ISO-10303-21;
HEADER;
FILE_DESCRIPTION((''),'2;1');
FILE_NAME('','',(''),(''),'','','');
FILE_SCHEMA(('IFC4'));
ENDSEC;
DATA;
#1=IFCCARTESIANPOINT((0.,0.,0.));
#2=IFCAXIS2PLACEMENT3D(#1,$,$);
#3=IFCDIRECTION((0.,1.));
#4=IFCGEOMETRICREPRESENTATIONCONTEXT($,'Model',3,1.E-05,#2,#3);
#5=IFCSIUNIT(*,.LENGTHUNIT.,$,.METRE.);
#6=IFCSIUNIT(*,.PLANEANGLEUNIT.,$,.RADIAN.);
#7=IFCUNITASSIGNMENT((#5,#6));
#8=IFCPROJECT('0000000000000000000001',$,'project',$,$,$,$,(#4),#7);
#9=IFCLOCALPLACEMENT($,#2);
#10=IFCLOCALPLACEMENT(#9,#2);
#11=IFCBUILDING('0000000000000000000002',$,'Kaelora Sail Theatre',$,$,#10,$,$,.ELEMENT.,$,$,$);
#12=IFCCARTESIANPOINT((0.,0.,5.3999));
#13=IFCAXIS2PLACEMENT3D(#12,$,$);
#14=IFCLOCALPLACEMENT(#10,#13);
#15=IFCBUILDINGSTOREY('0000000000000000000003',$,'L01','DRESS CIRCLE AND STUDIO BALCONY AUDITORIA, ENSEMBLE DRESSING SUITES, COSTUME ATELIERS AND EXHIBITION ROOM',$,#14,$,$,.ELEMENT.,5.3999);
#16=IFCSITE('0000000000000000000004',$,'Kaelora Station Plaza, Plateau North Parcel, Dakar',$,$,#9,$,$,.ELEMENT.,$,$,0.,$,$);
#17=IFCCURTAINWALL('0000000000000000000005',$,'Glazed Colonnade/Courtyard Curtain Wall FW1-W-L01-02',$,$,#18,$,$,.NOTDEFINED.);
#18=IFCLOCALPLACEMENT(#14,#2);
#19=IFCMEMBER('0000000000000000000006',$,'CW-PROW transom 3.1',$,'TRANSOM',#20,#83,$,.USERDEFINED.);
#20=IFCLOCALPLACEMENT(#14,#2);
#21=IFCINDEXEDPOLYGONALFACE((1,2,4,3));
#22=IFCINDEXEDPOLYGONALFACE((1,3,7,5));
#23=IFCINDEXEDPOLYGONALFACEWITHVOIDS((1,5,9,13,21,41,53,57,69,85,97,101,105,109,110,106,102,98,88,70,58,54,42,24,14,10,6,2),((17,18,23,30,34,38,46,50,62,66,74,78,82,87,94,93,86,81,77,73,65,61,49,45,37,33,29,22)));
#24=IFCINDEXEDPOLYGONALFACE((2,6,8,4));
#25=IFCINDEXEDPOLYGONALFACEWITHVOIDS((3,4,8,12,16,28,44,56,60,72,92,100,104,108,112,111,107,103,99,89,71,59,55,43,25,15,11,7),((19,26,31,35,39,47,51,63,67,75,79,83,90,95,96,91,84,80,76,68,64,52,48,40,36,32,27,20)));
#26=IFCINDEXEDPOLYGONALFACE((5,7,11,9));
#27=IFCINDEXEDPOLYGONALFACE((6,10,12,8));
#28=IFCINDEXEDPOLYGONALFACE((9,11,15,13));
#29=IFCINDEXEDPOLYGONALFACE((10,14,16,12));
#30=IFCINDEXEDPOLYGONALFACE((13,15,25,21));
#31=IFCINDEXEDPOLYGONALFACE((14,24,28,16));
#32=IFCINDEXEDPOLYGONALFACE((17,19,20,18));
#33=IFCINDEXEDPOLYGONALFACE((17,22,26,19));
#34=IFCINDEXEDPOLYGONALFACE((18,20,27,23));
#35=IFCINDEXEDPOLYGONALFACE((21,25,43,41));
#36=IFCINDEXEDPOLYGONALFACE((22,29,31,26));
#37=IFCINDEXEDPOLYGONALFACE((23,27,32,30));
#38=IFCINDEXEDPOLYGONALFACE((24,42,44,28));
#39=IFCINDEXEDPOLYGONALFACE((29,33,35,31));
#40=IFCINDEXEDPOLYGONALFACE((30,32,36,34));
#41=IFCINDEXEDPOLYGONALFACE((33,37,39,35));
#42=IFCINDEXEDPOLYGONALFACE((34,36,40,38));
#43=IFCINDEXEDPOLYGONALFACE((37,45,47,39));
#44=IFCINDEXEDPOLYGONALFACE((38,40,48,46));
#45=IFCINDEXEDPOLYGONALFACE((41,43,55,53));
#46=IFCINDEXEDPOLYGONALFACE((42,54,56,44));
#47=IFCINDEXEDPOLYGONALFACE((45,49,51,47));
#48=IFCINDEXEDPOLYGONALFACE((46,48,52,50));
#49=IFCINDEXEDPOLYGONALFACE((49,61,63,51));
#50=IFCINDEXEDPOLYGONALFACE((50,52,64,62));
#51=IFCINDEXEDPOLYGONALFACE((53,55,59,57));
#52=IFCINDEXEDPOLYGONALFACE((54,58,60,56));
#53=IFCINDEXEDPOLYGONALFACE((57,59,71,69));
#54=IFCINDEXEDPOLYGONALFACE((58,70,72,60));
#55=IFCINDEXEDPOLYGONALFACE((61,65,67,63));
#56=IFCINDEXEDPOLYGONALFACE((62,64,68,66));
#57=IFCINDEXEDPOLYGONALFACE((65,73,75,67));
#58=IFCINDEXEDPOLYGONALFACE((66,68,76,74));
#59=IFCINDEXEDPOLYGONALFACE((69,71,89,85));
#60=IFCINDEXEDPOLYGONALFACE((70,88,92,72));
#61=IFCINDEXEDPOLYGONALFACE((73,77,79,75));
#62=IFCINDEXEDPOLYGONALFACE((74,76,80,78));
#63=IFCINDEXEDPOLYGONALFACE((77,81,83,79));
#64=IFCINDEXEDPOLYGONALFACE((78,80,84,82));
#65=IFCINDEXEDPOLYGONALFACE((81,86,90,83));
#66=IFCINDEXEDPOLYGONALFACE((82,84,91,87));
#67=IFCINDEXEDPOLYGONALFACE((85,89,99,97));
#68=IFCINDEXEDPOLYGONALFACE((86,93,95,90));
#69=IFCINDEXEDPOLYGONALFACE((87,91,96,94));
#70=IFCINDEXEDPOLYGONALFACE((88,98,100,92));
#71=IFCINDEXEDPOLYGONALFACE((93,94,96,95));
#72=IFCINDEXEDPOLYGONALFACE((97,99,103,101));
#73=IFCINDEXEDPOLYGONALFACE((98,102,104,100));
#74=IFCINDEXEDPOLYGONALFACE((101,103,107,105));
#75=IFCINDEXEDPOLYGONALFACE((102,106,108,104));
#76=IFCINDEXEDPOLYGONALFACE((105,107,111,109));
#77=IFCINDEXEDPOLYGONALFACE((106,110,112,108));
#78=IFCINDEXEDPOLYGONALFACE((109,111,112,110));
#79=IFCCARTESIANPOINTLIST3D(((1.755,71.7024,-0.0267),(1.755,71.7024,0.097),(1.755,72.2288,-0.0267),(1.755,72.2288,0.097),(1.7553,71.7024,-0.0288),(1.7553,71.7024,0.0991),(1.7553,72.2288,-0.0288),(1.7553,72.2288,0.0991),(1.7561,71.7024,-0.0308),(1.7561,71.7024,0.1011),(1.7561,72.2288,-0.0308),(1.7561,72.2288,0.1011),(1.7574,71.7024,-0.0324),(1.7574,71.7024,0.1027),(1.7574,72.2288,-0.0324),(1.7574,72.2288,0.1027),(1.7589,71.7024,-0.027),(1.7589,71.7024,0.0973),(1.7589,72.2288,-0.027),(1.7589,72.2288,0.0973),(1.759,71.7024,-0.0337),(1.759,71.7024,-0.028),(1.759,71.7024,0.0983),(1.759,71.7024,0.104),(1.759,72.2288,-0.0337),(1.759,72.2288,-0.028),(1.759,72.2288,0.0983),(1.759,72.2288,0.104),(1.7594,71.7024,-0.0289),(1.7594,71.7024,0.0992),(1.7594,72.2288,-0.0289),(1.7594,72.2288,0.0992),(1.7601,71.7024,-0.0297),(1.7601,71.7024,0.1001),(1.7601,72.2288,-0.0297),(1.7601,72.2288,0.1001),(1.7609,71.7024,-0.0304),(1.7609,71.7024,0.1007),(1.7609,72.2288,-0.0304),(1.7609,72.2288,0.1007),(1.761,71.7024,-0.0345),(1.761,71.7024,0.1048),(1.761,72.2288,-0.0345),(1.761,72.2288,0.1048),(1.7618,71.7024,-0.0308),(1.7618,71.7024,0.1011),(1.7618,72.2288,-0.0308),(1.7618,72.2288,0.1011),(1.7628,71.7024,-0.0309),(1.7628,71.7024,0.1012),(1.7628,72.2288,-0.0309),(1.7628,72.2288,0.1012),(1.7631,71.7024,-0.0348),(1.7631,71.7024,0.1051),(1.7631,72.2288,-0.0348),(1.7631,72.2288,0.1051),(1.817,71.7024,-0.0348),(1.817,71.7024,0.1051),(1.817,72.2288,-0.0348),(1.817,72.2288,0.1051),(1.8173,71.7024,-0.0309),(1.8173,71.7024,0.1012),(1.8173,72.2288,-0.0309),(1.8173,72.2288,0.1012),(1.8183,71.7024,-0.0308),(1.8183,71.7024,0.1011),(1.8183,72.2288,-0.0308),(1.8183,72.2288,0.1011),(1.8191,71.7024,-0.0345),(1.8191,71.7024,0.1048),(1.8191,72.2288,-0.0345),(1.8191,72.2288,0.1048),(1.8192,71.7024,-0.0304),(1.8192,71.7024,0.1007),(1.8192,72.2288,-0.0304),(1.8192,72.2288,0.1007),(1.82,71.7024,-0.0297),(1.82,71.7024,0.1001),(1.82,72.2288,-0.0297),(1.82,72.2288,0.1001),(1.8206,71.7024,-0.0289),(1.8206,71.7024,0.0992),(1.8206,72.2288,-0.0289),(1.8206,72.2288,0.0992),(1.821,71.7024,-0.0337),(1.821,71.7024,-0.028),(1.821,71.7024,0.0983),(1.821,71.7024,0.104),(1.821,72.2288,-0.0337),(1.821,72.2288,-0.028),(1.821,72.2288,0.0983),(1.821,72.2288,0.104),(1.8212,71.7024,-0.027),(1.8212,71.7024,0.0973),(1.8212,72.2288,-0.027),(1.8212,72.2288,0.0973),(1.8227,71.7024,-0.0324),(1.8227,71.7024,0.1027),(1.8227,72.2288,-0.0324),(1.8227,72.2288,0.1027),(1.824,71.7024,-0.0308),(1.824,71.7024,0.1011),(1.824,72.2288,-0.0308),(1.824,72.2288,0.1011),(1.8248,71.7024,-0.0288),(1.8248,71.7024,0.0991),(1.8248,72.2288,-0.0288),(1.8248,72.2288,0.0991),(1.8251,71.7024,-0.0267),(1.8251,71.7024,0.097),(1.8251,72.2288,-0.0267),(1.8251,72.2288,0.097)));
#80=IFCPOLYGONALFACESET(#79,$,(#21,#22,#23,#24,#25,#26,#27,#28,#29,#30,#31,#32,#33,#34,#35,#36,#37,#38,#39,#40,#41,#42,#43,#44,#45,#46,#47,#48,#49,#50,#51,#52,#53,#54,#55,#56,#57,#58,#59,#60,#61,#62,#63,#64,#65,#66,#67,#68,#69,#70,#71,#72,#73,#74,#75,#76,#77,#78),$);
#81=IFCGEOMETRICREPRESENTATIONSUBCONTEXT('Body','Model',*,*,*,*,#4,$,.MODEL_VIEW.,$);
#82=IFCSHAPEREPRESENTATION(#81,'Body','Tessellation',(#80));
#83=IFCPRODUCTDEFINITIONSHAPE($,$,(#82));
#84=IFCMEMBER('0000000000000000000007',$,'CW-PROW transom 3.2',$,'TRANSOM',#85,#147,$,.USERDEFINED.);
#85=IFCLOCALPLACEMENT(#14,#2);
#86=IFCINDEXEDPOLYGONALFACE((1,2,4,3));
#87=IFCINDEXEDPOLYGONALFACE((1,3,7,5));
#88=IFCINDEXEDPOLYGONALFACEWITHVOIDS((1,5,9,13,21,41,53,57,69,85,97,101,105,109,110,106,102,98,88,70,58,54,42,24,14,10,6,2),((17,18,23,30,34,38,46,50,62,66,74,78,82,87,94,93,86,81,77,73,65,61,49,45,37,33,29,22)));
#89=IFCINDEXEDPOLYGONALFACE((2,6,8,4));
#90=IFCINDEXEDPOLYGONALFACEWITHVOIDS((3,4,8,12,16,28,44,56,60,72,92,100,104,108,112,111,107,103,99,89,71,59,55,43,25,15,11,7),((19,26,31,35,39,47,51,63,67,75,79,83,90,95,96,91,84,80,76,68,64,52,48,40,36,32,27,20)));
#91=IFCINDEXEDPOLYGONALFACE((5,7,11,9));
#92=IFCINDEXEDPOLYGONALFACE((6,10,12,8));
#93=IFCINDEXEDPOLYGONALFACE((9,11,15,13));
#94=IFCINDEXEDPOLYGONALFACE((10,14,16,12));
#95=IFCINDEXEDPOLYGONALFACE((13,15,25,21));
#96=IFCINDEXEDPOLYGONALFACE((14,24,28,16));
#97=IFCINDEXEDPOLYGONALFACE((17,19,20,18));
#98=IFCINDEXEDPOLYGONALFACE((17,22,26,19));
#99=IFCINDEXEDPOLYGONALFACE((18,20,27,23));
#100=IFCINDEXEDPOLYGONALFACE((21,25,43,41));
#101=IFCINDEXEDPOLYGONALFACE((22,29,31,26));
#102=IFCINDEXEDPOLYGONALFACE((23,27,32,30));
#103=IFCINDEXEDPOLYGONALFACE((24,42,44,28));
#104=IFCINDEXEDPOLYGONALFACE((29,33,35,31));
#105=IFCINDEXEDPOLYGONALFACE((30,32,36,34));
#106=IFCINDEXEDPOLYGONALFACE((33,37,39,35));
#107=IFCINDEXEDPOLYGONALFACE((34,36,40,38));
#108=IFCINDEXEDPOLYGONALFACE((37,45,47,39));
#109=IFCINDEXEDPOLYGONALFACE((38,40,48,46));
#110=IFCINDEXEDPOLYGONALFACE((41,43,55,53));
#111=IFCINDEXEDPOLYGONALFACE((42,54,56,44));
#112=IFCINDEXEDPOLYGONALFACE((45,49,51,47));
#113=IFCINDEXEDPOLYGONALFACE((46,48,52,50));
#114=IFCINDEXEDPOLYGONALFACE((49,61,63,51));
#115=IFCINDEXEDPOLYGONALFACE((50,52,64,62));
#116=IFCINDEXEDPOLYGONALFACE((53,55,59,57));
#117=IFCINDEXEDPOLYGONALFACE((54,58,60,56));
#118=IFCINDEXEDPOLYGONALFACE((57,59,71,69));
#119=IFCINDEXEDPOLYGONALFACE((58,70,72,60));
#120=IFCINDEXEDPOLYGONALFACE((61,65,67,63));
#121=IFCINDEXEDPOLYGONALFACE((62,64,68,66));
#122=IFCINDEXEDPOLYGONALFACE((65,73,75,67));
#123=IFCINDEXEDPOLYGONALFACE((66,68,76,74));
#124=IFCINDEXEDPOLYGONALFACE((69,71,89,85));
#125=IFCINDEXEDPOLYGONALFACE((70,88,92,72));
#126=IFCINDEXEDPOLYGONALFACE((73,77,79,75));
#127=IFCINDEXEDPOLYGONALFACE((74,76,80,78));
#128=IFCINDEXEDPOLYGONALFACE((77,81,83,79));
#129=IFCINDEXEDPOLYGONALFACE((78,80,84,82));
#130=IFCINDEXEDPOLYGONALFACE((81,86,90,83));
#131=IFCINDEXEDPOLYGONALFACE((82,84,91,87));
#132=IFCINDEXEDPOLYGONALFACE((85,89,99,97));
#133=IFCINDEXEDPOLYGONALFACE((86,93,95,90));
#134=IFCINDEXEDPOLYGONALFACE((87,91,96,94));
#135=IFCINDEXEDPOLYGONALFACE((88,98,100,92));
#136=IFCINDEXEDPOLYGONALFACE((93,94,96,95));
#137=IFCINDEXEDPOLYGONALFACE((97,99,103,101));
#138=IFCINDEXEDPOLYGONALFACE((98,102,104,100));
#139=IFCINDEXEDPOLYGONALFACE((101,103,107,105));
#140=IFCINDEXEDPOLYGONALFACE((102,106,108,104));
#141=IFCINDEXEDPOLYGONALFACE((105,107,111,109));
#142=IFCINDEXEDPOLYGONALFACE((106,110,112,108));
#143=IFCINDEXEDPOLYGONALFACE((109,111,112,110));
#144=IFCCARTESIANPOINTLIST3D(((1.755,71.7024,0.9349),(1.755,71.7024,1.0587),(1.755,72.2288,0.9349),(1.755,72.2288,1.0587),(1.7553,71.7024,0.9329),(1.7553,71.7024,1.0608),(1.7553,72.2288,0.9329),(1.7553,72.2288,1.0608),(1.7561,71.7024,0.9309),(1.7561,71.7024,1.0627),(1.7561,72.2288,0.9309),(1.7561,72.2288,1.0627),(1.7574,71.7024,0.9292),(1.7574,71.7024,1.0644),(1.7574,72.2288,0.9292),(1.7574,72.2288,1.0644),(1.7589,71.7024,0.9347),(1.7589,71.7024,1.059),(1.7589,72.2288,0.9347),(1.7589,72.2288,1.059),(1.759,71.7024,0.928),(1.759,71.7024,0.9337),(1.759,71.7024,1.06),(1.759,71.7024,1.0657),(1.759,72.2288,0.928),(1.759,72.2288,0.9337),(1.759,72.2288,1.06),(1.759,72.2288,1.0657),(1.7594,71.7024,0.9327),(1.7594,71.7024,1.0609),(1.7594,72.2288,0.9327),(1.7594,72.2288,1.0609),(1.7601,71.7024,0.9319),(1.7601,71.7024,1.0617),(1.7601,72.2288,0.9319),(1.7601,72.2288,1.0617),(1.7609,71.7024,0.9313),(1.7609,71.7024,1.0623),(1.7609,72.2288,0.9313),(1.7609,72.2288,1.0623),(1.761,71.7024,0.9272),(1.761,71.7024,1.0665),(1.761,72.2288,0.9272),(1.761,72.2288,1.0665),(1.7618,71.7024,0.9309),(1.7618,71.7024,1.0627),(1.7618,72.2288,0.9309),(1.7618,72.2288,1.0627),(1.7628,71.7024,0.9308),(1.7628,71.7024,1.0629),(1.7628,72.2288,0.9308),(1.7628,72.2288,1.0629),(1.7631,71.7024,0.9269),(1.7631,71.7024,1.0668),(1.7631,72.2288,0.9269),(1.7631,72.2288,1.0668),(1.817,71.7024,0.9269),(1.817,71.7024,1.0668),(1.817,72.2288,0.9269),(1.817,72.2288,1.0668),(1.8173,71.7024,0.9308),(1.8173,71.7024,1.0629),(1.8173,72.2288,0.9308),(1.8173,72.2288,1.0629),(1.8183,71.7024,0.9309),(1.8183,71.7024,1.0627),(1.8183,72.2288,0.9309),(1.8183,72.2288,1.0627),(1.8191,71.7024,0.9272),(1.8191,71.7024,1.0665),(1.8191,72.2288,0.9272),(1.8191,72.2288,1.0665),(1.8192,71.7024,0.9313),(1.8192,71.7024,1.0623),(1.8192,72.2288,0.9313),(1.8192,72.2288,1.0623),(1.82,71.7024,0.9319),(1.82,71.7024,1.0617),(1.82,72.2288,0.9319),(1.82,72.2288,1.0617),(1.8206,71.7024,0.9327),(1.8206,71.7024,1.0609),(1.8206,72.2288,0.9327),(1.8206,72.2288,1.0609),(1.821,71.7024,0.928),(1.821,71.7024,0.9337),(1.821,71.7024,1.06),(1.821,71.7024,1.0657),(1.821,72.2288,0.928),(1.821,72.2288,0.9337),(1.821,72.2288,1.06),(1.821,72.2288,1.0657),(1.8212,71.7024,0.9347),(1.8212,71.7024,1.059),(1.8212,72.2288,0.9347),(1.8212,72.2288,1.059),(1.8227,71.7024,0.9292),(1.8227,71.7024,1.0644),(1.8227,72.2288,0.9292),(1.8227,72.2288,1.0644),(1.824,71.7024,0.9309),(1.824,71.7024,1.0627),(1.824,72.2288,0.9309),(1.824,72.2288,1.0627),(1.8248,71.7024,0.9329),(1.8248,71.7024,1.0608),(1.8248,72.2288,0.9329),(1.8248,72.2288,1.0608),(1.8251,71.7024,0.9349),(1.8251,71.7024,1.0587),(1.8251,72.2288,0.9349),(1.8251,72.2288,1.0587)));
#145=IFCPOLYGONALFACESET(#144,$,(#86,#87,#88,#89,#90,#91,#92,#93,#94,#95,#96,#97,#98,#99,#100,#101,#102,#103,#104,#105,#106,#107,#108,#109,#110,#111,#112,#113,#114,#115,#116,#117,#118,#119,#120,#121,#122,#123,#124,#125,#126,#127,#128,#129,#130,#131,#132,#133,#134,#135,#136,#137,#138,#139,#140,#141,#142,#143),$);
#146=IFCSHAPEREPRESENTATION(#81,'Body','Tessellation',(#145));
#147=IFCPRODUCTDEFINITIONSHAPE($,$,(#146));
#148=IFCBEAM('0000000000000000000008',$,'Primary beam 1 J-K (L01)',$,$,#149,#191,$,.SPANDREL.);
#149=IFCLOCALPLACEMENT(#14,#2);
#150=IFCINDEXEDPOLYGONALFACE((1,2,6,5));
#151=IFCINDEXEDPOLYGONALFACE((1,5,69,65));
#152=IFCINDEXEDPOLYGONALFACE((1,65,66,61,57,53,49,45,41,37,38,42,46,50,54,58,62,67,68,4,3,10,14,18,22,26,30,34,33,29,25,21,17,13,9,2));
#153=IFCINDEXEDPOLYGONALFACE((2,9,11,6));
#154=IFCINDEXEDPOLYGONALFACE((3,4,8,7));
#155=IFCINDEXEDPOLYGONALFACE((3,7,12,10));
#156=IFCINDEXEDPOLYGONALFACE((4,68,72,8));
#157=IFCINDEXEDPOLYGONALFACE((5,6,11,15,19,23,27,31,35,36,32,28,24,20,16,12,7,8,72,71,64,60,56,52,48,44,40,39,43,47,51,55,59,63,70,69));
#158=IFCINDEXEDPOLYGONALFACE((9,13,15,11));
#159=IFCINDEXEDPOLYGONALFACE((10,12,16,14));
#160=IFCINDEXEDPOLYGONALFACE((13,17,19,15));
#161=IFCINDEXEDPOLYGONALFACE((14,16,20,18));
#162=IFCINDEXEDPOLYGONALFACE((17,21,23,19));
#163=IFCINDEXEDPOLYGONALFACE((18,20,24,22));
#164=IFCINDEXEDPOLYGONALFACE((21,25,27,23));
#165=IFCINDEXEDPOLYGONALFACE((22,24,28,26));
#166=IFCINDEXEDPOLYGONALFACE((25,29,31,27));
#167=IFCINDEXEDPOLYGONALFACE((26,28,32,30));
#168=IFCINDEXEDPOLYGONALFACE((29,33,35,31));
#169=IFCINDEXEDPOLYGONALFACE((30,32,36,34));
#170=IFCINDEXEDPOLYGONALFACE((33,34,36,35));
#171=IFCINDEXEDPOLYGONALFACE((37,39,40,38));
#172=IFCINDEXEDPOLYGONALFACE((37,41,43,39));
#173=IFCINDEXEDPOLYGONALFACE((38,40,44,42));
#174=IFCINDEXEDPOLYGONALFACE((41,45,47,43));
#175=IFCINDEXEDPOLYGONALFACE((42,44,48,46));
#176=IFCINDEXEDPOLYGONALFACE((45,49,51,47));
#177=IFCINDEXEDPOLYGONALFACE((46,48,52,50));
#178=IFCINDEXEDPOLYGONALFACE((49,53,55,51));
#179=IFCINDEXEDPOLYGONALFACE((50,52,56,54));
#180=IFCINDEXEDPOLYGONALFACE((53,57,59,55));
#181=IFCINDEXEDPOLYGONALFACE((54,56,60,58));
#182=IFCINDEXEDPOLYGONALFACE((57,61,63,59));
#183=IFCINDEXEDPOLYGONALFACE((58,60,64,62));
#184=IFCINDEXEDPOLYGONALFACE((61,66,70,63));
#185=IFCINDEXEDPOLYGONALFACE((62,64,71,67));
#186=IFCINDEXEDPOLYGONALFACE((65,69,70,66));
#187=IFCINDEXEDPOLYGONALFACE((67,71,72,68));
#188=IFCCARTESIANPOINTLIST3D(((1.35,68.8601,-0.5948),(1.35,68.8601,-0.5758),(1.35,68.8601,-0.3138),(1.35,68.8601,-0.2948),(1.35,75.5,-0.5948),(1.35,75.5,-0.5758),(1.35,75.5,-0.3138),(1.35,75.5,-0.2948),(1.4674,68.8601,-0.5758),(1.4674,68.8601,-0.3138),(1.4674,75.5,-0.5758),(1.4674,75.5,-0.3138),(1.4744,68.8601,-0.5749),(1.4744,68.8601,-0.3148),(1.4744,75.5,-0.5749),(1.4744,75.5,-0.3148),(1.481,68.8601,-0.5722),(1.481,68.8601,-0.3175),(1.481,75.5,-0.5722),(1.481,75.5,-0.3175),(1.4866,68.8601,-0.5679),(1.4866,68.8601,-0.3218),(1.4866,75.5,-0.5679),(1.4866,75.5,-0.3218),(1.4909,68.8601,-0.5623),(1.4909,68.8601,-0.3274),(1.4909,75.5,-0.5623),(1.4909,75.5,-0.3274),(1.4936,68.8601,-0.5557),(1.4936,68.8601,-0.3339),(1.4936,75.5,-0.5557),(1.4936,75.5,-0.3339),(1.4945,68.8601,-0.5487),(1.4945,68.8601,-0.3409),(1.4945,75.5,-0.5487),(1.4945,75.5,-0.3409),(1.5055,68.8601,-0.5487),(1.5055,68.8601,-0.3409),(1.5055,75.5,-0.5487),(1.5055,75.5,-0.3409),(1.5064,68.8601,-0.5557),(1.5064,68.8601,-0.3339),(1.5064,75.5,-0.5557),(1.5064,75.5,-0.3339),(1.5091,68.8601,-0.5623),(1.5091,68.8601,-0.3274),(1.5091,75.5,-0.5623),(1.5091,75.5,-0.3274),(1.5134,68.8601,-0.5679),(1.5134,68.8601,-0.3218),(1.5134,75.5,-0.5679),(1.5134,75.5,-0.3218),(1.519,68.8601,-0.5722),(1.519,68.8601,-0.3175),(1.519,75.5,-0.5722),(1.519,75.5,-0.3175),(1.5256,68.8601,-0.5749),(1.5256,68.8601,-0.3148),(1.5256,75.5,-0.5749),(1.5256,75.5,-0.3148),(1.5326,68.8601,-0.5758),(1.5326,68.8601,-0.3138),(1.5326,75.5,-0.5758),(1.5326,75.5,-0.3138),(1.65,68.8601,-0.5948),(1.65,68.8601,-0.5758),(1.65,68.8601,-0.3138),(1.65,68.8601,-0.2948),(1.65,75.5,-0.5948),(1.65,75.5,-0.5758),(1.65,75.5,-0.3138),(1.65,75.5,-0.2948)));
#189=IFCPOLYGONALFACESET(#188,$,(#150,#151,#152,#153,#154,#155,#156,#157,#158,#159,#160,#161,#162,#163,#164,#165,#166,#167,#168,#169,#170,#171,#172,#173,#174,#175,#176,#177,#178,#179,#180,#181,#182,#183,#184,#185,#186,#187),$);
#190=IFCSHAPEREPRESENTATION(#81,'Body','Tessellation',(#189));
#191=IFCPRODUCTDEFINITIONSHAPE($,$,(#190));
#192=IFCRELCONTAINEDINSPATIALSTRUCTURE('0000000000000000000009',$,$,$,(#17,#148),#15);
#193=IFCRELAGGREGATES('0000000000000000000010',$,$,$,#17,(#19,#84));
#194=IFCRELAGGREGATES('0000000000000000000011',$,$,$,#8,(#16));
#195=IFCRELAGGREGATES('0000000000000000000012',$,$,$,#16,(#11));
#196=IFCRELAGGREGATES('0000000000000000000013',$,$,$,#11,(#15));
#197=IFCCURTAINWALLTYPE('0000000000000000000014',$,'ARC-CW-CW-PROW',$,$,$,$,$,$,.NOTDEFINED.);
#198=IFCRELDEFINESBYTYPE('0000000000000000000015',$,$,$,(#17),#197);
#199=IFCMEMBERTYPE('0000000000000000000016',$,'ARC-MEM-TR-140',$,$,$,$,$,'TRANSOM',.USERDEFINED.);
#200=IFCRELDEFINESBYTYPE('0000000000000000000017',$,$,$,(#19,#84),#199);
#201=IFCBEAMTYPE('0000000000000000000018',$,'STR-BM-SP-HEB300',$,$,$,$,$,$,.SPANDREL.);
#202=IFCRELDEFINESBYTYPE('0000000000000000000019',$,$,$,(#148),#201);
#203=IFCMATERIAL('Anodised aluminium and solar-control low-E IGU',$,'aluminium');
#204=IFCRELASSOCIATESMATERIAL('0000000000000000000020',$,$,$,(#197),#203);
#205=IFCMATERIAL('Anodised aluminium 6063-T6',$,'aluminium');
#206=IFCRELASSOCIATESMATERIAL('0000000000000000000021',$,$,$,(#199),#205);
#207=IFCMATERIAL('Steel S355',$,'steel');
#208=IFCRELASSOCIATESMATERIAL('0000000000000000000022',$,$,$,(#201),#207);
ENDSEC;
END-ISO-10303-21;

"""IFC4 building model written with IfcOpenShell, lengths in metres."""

from ifc_helpers import new_model, si_unit, direction, frame, origin, origin_2d, place, context, subcontext, project, spatial, hollow_rectangle, i_section, extrude, material, material_profile, profile_set, type_object, element, aggregate, save


model = new_model("IFC4")

# Units and contexts
model_context = context("Model", 3, precision=1e-05, world=origin(), true_north=direction((0.0, 1.0)))
body_context = subcontext(model_context, "Body", "Model", "MODEL_VIEW")
ifc_project = project(units=[si_unit("LENGTHUNIT", "METRE"), si_unit("PLANEANGLEUNIT", "RADIAN")], contexts=[model_context])

# Site, building, storey
site_placement = place(None, origin())
site = spatial("IfcSite", under=ifc_project, at=site_placement, Name="Kaelora Station Plaza, Plateau North Parcel, Dakar", CompositionType="ELEMENT", RefElevation=0.0)
building_placement = place(site_placement, origin())
building = spatial("IfcBuilding", under=site, at=building_placement, Name="Kaelora Sail Theatre", CompositionType="ELEMENT")
storey_placement = place(building_placement, frame((0.0, 0.0, 5.3999)))
storey = spatial("IfcBuildingStorey", under=building, at=storey_placement, Name="L01", Description="DRESS CIRCLE AND STUDIO BALCONY AUDITORIA, ENSEMBLE DRESSING SUITES, COSTUME ATELIERS AND EXHIBITION ROOM", CompositionType="ELEMENT", Elevation=5.3999)

# Curtain wall
ifc_material_1 = material(Name="Anodised aluminium and solar-control low-E IGU", Category="aluminium")
curtain_wall_type = type_object("IfcCurtainWallType", Name="ARC-CW-CW-PROW", PredefinedType="NOTDEFINED", material=ifc_material_1)
curtain_wall_1_placement = place(storey_placement, origin())
curtain_wall_1 = element("IfcCurtainWall", 1, at=curtain_wall_1_placement, inside=storey, type_object=curtain_wall_type, Name="Glazed Colonnade/Courtyard Curtain Wall FW1-W-L01-02", PredefinedType="NOTDEFINED")

# Members
ifc_material_2 = material(Name="Anodised aluminium 6063-T6", Category="aluminium")
ifc_material_profile_1 = material_profile(ifc_material_2, hollow_rectangle(XDim=0.0701, YDim=0.1399, WallThickness=0.0039, InnerFilletRadius=0.0039, OuterFilletRadius=0.0081, at=origin_2d()), Name="ALU-TRAN 70x140x4")
ifc_profile_set_1 = profile_set([ifc_material_profile_1], Name="Anodised aluminium 6063-T6")
member_type_1 = type_object("IfcMemberType", Name="ARC-MEM-TR-140", ElementType="TRANSOM", PredefinedType="USERDEFINED", material=ifc_profile_set_1)
member_1_placement = place(storey_placement, frame((1.79, 71.7024, 0.0352), z_axis=(0.0, 1.0, 0.0), x_axis=(-1.0, 0.0, 0.0)))
member_1 = element("IfcMember", 2, at=member_1_placement, type_object=member_type_1, Name="CW-PROW transom 3.1", ObjectType="TRANSOM", PredefinedType="USERDEFINED", context=body_context, shape_type="SweptSolid", body=[
    extrude(hollow_rectangle(XDim=0.0701, YDim=0.1399, WallThickness=0.0039, InnerFilletRadius=0.0039, OuterFilletRadius=0.0081, at=origin_2d()), origin(), (0.0, 0.0, 1.0), 0.5264),
])
member_2_placement = place(storey_placement, frame((1.79, 71.7024, 0.9968), z_axis=(0.0, 1.0, 0.0), x_axis=(-1.0, 0.0, 0.0)))
member_2 = element("IfcMember", 3, at=member_2_placement, type_object=member_type_1, Name="CW-PROW transom 3.2", ObjectType="TRANSOM", PredefinedType="USERDEFINED", context=body_context, shape_type="SweptSolid", body=[
    extrude(hollow_rectangle(XDim=0.0701, YDim=0.1399, WallThickness=0.0039, InnerFilletRadius=0.0039, OuterFilletRadius=0.0081, at=origin_2d()), origin(), (0.0, 0.0, 1.0), 0.5264),
])

# Beam
ifc_material_3 = material(Name="Steel S355", Category="steel")
ifc_material_profile_2 = material_profile(ifc_material_3, i_section(OverallWidth=0.3, OverallDepth=0.3, WebThickness=0.011, FlangeThickness=0.019, FilletRadius=0.0271, at=origin_2d()), Name="HEB 300")
ifc_profile_set_2 = profile_set([ifc_material_profile_2], Name="Steel S355")
beam_type = type_object("IfcBeamType", Name="STR-BM-SP-HEB300", PredefinedType="SPANDREL", material=ifc_profile_set_2)
beam_placement = place(storey_placement, frame((1.5, 68.8601, -0.4448), z_axis=(0.0, 1.0, 0.0), x_axis=(-1.0, 0.0, 0.0)))
element("IfcBeam", 4, at=beam_placement, inside=storey, type_object=beam_type, Name="Primary beam 1 J-K (L01)", PredefinedType="SPANDREL", context=body_context, shape_type="SweptSolid", body=[
    extrude(i_section(OverallWidth=0.3, OverallDepth=0.3, WebThickness=0.011, FlangeThickness=0.019, FilletRadius=0.0271, at=origin_2d()), origin(), (0.0, 0.0, 1.0), 6.6399),
])

aggregate(curtain_wall_1, [member_1, member_2])

save(model, "model.ifc")
